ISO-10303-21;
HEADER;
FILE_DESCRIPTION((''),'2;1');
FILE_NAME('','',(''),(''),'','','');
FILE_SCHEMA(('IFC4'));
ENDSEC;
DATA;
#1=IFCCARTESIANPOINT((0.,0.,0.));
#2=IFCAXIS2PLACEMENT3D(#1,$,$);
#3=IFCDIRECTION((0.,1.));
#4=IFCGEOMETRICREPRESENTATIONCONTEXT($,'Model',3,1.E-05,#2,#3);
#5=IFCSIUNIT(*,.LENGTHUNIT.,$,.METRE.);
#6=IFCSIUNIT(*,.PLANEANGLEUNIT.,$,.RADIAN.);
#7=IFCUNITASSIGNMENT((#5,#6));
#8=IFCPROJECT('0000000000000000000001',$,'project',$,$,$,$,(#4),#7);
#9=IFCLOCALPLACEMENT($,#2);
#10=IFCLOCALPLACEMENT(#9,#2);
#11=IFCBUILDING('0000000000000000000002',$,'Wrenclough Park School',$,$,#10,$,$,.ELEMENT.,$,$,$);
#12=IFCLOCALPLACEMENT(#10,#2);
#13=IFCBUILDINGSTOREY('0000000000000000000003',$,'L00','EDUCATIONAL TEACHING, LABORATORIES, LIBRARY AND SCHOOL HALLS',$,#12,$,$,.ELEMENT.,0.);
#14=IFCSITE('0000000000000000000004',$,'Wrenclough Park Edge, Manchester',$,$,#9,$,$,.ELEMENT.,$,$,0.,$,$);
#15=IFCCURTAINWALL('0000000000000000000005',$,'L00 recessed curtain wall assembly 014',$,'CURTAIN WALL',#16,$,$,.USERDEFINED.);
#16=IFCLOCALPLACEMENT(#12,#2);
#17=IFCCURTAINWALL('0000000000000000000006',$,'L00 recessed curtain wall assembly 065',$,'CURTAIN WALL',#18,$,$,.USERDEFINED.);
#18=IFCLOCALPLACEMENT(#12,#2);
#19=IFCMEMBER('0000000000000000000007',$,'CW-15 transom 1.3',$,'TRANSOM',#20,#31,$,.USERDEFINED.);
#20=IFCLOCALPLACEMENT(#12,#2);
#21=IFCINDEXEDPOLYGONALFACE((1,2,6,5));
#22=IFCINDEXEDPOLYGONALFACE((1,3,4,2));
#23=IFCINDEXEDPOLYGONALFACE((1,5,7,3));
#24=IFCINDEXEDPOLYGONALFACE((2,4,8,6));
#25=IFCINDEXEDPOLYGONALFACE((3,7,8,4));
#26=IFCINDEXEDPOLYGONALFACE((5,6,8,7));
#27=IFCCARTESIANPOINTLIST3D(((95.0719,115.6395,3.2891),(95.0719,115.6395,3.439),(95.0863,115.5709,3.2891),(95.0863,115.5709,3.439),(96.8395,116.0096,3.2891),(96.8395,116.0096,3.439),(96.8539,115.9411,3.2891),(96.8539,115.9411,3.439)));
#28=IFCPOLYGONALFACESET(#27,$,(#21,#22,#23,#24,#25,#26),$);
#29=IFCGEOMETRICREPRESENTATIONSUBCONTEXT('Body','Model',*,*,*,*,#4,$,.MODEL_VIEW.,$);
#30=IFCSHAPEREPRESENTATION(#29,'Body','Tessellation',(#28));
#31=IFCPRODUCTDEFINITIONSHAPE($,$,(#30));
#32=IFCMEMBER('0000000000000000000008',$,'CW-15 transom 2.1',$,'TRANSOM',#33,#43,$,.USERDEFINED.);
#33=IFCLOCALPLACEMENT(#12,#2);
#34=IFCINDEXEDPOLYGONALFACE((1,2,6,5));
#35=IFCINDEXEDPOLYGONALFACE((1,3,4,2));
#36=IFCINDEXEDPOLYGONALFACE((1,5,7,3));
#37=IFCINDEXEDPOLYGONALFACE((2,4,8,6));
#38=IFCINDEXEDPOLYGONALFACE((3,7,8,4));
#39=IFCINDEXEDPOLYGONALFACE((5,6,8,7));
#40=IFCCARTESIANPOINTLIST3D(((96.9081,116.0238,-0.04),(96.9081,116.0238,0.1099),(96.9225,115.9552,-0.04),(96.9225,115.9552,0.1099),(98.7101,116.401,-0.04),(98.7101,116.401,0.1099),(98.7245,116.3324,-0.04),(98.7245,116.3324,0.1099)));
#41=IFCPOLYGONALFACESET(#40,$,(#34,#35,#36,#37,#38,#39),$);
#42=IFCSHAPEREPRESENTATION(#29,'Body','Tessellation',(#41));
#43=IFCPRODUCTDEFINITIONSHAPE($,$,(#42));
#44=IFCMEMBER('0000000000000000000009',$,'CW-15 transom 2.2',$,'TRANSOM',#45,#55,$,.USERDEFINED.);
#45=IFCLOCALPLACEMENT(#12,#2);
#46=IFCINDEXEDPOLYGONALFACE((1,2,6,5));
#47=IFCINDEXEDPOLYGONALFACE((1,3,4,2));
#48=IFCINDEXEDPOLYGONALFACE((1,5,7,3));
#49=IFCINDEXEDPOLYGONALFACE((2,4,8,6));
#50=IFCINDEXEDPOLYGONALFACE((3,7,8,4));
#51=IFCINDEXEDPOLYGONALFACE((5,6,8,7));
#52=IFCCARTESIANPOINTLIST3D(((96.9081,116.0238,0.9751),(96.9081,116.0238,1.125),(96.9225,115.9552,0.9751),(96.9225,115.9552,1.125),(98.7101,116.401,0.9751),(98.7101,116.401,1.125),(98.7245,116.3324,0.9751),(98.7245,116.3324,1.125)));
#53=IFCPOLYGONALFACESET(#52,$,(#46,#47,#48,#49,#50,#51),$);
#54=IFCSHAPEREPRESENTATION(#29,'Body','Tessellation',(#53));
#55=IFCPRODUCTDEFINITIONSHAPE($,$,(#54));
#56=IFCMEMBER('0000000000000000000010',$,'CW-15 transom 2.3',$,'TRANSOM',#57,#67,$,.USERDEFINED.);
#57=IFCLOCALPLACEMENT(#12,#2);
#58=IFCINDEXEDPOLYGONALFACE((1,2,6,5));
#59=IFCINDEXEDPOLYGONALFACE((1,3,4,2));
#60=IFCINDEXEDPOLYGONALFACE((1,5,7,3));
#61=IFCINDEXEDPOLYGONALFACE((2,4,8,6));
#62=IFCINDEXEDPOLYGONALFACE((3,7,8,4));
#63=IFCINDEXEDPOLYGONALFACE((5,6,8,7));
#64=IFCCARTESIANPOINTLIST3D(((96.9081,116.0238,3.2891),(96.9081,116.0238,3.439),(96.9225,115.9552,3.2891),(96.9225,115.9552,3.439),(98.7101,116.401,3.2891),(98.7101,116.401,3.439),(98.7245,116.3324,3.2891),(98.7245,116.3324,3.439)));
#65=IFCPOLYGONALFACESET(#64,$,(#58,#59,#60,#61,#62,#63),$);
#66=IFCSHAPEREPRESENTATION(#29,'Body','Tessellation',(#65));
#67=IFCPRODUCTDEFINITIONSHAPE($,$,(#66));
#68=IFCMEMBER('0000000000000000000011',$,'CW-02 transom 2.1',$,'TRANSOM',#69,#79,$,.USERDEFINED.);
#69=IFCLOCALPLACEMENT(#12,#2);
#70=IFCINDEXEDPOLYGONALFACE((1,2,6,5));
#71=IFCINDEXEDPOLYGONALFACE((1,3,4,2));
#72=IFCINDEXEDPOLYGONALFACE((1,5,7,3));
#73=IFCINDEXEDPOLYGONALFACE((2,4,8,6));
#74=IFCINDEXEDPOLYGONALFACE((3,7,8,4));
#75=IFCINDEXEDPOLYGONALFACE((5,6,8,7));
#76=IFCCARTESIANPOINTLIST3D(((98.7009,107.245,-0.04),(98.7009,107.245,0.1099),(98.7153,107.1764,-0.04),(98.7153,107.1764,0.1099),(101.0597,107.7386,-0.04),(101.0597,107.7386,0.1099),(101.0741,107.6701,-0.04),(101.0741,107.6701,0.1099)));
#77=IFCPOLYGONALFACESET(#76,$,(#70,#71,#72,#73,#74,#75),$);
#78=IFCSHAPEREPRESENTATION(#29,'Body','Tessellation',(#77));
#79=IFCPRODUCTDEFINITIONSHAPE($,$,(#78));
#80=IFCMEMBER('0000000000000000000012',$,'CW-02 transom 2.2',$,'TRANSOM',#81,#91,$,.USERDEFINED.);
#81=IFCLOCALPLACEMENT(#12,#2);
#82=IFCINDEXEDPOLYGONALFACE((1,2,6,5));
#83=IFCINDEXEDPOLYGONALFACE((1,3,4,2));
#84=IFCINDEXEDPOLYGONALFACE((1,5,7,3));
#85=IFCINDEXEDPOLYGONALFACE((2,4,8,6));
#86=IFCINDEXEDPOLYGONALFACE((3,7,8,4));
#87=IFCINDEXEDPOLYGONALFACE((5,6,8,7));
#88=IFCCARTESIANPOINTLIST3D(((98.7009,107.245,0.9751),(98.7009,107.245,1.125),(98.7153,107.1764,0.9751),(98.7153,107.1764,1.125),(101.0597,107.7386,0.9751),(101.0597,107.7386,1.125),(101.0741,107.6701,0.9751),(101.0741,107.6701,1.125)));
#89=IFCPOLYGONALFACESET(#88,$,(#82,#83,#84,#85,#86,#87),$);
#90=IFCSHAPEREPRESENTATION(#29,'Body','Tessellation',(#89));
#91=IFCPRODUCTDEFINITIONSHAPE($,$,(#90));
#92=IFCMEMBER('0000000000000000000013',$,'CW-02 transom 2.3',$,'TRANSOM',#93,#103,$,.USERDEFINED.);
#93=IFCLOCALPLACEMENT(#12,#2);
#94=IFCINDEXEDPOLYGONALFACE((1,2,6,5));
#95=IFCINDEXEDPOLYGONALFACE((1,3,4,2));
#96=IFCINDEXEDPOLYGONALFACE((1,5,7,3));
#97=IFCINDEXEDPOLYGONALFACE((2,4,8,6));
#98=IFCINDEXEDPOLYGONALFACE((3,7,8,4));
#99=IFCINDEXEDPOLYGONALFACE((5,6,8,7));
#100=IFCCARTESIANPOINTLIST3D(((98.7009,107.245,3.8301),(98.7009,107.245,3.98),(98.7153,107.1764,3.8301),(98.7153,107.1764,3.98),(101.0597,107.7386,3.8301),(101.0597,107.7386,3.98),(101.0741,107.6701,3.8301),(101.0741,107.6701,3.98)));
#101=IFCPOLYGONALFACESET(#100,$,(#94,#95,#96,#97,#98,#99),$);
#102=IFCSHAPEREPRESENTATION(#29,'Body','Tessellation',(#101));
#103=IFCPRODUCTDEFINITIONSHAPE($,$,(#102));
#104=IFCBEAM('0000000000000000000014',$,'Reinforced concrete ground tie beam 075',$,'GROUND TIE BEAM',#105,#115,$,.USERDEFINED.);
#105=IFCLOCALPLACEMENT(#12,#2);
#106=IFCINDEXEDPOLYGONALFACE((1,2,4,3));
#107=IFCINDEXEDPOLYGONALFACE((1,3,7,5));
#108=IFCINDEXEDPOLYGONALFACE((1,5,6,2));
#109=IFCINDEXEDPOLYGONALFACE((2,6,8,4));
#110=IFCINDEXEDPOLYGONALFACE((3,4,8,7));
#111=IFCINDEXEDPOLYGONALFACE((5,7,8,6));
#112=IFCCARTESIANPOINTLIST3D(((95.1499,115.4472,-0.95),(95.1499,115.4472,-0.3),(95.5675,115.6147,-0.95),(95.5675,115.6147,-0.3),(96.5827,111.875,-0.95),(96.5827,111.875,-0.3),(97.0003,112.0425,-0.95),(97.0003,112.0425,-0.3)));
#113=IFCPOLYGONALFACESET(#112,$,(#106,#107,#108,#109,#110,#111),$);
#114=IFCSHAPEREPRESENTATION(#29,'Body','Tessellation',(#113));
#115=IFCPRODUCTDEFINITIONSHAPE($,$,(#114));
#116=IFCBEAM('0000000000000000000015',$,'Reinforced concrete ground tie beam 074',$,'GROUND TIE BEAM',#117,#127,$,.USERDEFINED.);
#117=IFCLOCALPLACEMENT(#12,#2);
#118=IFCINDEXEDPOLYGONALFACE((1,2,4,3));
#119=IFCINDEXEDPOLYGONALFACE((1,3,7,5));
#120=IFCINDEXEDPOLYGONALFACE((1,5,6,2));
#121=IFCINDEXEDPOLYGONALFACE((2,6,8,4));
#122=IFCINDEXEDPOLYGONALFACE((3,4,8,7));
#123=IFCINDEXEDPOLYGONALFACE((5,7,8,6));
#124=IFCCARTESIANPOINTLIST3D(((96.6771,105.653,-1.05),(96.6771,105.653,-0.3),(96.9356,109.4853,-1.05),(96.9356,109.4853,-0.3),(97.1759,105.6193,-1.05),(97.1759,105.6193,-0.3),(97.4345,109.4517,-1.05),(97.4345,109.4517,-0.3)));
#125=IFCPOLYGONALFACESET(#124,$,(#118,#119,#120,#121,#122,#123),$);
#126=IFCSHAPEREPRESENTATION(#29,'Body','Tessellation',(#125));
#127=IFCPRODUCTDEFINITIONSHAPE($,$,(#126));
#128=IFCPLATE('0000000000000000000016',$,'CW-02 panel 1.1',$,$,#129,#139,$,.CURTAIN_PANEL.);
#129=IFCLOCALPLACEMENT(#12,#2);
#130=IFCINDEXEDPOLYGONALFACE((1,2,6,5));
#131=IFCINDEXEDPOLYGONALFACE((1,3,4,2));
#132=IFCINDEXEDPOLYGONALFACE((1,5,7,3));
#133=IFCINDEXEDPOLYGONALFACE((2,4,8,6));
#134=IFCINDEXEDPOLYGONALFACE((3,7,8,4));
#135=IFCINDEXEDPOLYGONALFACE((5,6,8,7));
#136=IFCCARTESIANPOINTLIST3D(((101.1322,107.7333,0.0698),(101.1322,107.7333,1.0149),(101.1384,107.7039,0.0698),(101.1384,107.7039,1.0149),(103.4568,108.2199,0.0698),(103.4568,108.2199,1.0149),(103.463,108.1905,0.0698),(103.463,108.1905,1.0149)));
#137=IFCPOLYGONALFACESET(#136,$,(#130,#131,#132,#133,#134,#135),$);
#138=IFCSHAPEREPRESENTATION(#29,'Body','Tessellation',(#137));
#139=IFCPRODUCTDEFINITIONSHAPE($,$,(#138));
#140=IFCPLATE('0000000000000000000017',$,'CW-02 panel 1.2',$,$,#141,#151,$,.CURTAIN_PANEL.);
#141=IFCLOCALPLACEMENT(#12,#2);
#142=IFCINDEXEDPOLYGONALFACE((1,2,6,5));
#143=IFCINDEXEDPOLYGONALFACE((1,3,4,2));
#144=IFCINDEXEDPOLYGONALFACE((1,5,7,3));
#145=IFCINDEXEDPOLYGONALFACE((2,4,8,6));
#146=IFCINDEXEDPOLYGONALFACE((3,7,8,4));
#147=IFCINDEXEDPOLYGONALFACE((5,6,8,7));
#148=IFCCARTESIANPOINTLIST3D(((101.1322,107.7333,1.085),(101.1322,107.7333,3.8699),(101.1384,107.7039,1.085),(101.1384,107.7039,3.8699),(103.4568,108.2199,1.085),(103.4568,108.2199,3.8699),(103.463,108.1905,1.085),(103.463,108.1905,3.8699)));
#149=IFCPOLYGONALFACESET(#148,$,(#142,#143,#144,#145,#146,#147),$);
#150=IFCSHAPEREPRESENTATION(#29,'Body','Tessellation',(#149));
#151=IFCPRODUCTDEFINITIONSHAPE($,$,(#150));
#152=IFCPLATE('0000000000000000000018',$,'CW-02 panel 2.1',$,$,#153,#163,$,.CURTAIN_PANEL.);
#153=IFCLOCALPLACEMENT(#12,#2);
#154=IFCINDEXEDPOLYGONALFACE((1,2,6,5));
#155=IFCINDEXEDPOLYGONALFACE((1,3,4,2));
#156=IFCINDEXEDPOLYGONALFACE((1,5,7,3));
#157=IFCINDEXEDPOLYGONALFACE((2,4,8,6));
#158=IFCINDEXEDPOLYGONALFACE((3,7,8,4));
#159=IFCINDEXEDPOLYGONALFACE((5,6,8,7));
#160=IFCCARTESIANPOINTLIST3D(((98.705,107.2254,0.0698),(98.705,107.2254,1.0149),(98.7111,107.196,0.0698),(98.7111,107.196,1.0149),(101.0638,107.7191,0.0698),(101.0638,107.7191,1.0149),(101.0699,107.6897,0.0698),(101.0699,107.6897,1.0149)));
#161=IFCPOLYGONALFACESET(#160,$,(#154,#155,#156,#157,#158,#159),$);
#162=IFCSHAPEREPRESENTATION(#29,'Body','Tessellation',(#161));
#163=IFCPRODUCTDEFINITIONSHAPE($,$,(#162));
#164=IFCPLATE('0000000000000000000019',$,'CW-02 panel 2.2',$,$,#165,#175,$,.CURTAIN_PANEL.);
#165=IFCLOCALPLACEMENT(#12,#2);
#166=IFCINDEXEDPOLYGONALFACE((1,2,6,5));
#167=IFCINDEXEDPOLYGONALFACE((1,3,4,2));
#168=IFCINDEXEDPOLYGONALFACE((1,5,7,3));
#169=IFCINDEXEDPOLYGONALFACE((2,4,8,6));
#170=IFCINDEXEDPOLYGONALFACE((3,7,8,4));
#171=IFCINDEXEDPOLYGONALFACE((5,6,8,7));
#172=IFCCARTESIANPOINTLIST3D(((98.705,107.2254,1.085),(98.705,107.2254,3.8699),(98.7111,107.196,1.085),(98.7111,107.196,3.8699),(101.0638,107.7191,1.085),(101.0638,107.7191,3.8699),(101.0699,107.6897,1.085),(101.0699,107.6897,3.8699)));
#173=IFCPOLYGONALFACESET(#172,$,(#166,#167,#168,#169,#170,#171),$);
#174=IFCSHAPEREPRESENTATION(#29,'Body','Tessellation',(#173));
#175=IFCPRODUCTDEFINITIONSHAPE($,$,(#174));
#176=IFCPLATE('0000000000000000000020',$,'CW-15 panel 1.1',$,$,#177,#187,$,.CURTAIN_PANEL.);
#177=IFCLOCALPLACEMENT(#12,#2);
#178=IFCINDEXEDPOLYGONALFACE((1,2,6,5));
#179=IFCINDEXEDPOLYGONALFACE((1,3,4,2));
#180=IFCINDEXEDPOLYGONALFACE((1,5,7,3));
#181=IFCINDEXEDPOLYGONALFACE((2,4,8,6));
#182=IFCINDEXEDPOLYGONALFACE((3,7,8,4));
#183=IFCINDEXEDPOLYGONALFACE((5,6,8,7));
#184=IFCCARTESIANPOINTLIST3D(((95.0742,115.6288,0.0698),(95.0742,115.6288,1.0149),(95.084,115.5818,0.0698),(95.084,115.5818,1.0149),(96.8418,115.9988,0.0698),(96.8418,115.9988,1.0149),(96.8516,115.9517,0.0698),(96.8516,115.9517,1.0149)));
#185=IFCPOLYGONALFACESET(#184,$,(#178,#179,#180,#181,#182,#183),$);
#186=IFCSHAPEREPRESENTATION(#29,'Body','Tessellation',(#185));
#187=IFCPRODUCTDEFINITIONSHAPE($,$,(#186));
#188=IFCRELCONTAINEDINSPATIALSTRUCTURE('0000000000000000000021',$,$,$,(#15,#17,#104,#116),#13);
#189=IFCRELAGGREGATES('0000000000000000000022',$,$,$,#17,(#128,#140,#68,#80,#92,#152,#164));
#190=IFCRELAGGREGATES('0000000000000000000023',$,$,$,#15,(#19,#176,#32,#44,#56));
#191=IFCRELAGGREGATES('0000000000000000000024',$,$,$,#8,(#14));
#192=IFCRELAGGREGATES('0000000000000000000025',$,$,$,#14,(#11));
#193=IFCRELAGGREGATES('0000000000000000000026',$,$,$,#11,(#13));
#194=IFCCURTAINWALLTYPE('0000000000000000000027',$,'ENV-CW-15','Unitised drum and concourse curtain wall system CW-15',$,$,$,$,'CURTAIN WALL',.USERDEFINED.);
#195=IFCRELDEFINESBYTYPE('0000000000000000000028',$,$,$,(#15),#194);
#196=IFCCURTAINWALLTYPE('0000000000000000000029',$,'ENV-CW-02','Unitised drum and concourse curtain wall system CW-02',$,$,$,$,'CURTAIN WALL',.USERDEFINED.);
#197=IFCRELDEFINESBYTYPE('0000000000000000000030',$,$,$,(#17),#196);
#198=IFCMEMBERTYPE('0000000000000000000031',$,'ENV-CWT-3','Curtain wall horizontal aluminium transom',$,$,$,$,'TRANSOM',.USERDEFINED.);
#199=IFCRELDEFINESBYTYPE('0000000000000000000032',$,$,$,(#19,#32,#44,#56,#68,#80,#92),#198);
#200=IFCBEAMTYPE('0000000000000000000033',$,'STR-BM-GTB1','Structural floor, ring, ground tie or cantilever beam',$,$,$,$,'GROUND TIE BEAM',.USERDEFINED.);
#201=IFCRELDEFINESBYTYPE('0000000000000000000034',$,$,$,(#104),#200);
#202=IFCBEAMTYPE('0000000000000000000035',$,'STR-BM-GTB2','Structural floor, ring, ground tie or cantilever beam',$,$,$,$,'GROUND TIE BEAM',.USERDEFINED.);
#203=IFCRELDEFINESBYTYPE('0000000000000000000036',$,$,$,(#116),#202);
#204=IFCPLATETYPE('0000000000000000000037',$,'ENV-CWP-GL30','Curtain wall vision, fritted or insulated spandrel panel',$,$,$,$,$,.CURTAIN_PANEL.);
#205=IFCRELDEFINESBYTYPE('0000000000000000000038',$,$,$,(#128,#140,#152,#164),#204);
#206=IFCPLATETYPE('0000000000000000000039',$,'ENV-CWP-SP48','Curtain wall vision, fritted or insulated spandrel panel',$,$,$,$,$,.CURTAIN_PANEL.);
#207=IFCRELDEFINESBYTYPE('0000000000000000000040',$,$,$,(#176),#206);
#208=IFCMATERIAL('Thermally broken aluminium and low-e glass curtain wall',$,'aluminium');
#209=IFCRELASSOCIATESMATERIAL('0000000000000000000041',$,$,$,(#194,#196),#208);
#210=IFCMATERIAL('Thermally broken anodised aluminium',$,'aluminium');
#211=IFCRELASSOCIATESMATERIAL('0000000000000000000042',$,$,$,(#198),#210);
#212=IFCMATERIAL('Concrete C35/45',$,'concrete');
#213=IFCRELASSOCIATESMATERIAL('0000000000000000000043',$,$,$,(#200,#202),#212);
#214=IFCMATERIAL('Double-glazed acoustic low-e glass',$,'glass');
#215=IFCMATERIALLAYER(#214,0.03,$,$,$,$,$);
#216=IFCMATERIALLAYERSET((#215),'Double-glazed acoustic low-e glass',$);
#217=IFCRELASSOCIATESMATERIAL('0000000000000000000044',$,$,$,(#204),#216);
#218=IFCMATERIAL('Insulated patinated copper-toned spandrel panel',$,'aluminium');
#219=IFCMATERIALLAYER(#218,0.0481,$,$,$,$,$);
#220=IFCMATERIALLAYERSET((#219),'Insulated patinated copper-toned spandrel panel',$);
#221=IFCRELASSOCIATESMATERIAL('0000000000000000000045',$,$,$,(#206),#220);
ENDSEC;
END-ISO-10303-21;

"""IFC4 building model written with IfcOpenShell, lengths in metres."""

from ifc_helpers import new_model, si_unit, direction, frame, origin, origin_2d, place, context, subcontext, project, spatial, rectangle, extrude, material, layer, layer_set, material_profile, profile_set, type_object, element, aggregate, save


model = new_model("IFC4")

# Units and contexts
model_context = context("Model", 3, precision=1e-05, world=origin(), true_north=direction((0.0, 1.0)))
body_context = subcontext(model_context, "Body", "Model", "MODEL_VIEW")
ifc_project = project(units=[si_unit("LENGTHUNIT", "METRE"), si_unit("PLANEANGLEUNIT", "RADIAN")], contexts=[model_context])

# Site, building, storey
site_placement = place(None, origin())
site = spatial("IfcSite", under=ifc_project, at=site_placement, Name="Wrenclough Park Edge, Manchester", CompositionType="ELEMENT", RefElevation=0.0)
building_placement = place(site_placement, origin())
building = spatial("IfcBuilding", under=site, at=building_placement, Name="Wrenclough Park School", CompositionType="ELEMENT")
storey_placement = place(building_placement, origin())
storey = spatial("IfcBuildingStorey", under=building, at=storey_placement, Name="L00", Description="EDUCATIONAL TEACHING, LABORATORIES, LIBRARY AND SCHOOL HALLS", CompositionType="ELEMENT", Elevation=0.0)

# Shared definitions
ifc_material_1 = material(Name="Concrete C35/45", Category="concrete")

# Curtain wall
ifc_material_2 = material(Name="Thermally broken aluminium and low-e glass curtain wall", Category="aluminium")
curtain_wall_type_1 = type_object("IfcCurtainWallType", Name="ENV-CW-15", Description="Unitised drum and concourse curtain wall system CW-15", ElementType="CURTAIN WALL", PredefinedType="USERDEFINED", material=ifc_material_2)
curtain_wall_1_placement = place(storey_placement, origin())
curtain_wall_1 = element("IfcCurtainWall", 1, at=curtain_wall_1_placement, inside=storey, type_object=curtain_wall_type_1, Name="L00 recessed curtain wall assembly 014", ObjectType="CURTAIN WALL", PredefinedType="USERDEFINED")
ifc_material_3 = material(Name="Thermally broken anodised aluminium", Category="aluminium")

# Curtain wall
curtain_wall_type_2 = type_object("IfcCurtainWallType", Name="ENV-CW-02", Description="Unitised drum and concourse curtain wall system CW-02", ElementType="CURTAIN WALL", PredefinedType="USERDEFINED", material=ifc_material_2)
curtain_wall_2_placement = place(storey_placement, origin())
curtain_wall_2 = element("IfcCurtainWall", 2, at=curtain_wall_2_placement, inside=storey, type_object=curtain_wall_type_2, Name="L00 recessed curtain wall assembly 065", ObjectType="CURTAIN WALL", PredefinedType="USERDEFINED")

# Members
ifc_material_profile_1 = material_profile(ifc_material_3, rectangle(XDim=0.0701, YDim=0.1499, at=origin_2d()), Name="AL TRANSOM 70x150")
ifc_profile_set_1 = profile_set([ifc_material_profile_1], Name="Thermally broken anodised aluminium")
member_type_1 = type_object("IfcMemberType", Name="ENV-CWT-3", Description="Curtain wall horizontal aluminium transom", ElementType="TRANSOM", PredefinedType="USERDEFINED", material=ifc_profile_set_1)
member_1_placement = place(storey_placement, frame((95.0791, 115.6052, 3.364), z_axis=(0.978773, 0.204947, 0.0), x_axis=(-0.204947, 0.978773, 0.0)))
member_1 = element("IfcMember", 3, at=member_1_placement, type_object=member_type_1, Name="CW-15 transom 1.3", ObjectType="TRANSOM", PredefinedType="USERDEFINED", context=body_context, shape_type="SweptSolid", body=[
    extrude(rectangle(XDim=0.0701, YDim=0.1499, at=origin_2d()), origin(), (0.0, 0.0, 1.0), 1.8059),
])
member_2_placement = place(storey_placement, frame((96.9153, 115.9895, 0.0349), z_axis=(0.978787, 0.204881, 0.0), x_axis=(-0.204881, 0.978787, 0.0)))
member_2 = element("IfcMember", 4, at=member_2_placement, type_object=member_type_1, Name="CW-15 transom 2.1", ObjectType="TRANSOM", PredefinedType="USERDEFINED", context=body_context, shape_type="SweptSolid", body=[
    extrude(rectangle(XDim=0.0701, YDim=0.1499, at=origin_2d()), origin(), (0.0, 0.0, 1.0), 1.8411),
])
member_3_placement = place(storey_placement, frame((96.9153, 115.9895, 1.05), z_axis=(0.978787, 0.204881, 0.0), x_axis=(-0.204881, 0.978787, 0.0)))
member_3 = element("IfcMember", 5, at=member_3_placement, type_object=member_type_1, Name="CW-15 transom 2.2", ObjectType="TRANSOM", PredefinedType="USERDEFINED", context=body_context, shape_type="SweptSolid", body=[
    extrude(rectangle(XDim=0.0701, YDim=0.1499, at=origin_2d()), origin(), (0.0, 0.0, 1.0), 1.8411),
])
member_4_placement = place(storey_placement, frame((96.9153, 115.9895, 3.364), z_axis=(0.978787, 0.204881, 0.0), x_axis=(-0.204881, 0.978787, 0.0)))
member_4 = element("IfcMember", 6, at=member_4_placement, type_object=member_type_1, Name="CW-15 transom 2.3", ObjectType="TRANSOM", PredefinedType="USERDEFINED", context=body_context, shape_type="SweptSolid", body=[
    extrude(rectangle(XDim=0.0701, YDim=0.1499, at=origin_2d()), origin(), (0.0, 0.0, 1.0), 1.8411),
])
member_5_placement = place(storey_placement, frame((101.0669, 107.7043, 0.0349), z_axis=(-0.978796, -0.204836, 0.0), x_axis=(0.204836, -0.978796, 0.0)))
member_5 = element("IfcMember", 7, at=member_5_placement, type_object=member_type_1, Name="CW-02 transom 2.1", ObjectType="TRANSOM", PredefinedType="USERDEFINED", context=body_context, shape_type="SweptSolid", body=[
    extrude(rectangle(XDim=0.0701, YDim=0.1499, at=origin_2d()), origin(), (0.0, 0.0, 1.0), 2.4099),
])
member_6_placement = place(storey_placement, frame((101.0669, 107.7043, 1.05), z_axis=(-0.978796, -0.204836, 0.0), x_axis=(0.204836, -0.978796, 0.0)))
member_6 = element("IfcMember", 8, at=member_6_placement, type_object=member_type_1, Name="CW-02 transom 2.2", ObjectType="TRANSOM", PredefinedType="USERDEFINED", context=body_context, shape_type="SweptSolid", body=[
    extrude(rectangle(XDim=0.0701, YDim=0.1499, at=origin_2d()), origin(), (0.0, 0.0, 1.0), 2.4099),
])
member_7_placement = place(storey_placement, frame((101.0669, 107.7043, 3.905), z_axis=(-0.978796, -0.204836, 0.0), x_axis=(0.204836, -0.978796, 0.0)))
member_7 = element("IfcMember", 9, at=member_7_placement, type_object=member_type_1, Name="CW-02 transom 2.3", ObjectType="TRANSOM", PredefinedType="USERDEFINED", context=body_context, shape_type="SweptSolid", body=[
    extrude(rectangle(XDim=0.0701, YDim=0.1499, at=origin_2d()), origin(), (0.0, 0.0, 1.0), 2.4099),
])

# Beams
ifc_material_profile_2 = material_profile(ifc_material_1, rectangle(XDim=0.45, YDim=0.6499, at=origin_2d()), Name="RC GROUND 450x650")
ifc_profile_set_2 = profile_set([ifc_material_profile_2], Name="Concrete C35/45")
beam_type_1 = type_object("IfcBeamType", Name="STR-BM-GTB1", Description="Structural floor, ring, ground tie or cantilever beam", ElementType="GROUND TIE BEAM", PredefinedType="USERDEFINED", material=ifc_profile_set_2)
beam_1_placement = place(storey_placement, frame((96.7915, 111.9587, -0.625), z_axis=(-0.372276, 0.928122, 0.0), x_axis=(-0.928122, -0.372276, 0.0)))
element("IfcBeam", 10, at=beam_1_placement, inside=storey, type_object=beam_type_1, Name="Reinforced concrete ground tie beam 075", ObjectType="GROUND TIE BEAM", PredefinedType="USERDEFINED", context=body_context, shape_type="SweptSolid", body=[
    extrude(rectangle(XDim=0.45, YDim=0.6499, at=origin_2d()), origin(), (0.0, 0.0, 1.0), 3.8489),
])
ifc_material_profile_3 = material_profile(ifc_material_1, rectangle(XDim=0.5, YDim=0.75, at=origin_2d()), Name="RC GROUND 500x750")
ifc_profile_set_3 = profile_set([ifc_material_profile_3], Name="Concrete C35/45")
beam_type_2 = type_object("IfcBeamType", Name="STR-BM-GTB2", Description="Structural floor, ring, ground tie or cantilever beam", ElementType="GROUND TIE BEAM", PredefinedType="USERDEFINED", material=ifc_profile_set_3)
beam_2_placement = place(storey_placement, frame((97.1851, 109.4685, -0.675), z_axis=(-0.067312, -0.997732, 0.0), x_axis=(0.997732, -0.067312, 0.0)))
element("IfcBeam", 11, at=beam_2_placement, inside=storey, type_object=beam_type_2, Name="Reinforced concrete ground tie beam 074", ObjectType="GROUND TIE BEAM", PredefinedType="USERDEFINED", context=body_context, shape_type="SweptSolid", body=[
    extrude(rectangle(XDim=0.5, YDim=0.75, at=origin_2d()), origin(), (0.0, 0.0, 1.0), 3.8411),
])

# Plates
ifc_material_4 = material(Name="Double-glazed acoustic low-e glass", Category="glass")
ifc_layer_1 = layer(ifc_material_4, 0.03)
ifc_layer_set_1 = layer_set([ifc_layer_1], Name="Double-glazed acoustic low-e glass")
plate_type_1 = type_object("IfcPlateType", Name="ENV-CWP-GL30", Description="Curtain wall vision, fritted or insulated spandrel panel", PredefinedType="CURTAIN_PANEL", material=ifc_layer_set_1)
plate_1_placement = place(storey_placement, frame((102.2976, 107.9619, 0.0698), z_axis=(0.0, 0.0, 1.0), x_axis=(-0.978788, -0.204874, 0.0)))
plate_1 = element("IfcPlate", 12, at=plate_1_placement, type_object=plate_type_1, Name="CW-02 panel 1.1", PredefinedType="CURTAIN_PANEL", context=body_context, shape_type="SweptSolid", body=[
    extrude(rectangle(XDim=2.375, YDim=0.03, at=origin_2d()), origin(), (0.0, 0.0, 1.0), 0.9451),
])
plate_2_placement = place(storey_placement, frame((102.2976, 107.9619, 1.085), z_axis=(0.0, 0.0, 1.0), x_axis=(-0.978788, -0.204874, 0.0)))
plate_2 = element("IfcPlate", 13, at=plate_2_placement, type_object=plate_type_1, Name="CW-02 panel 1.2", PredefinedType="CURTAIN_PANEL", context=body_context, shape_type="SweptSolid", body=[
    extrude(rectangle(XDim=2.375, YDim=0.03, at=origin_2d()), origin(), (0.0, 0.0, 1.0), 2.7849),
])
plate_3_placement = place(storey_placement, frame((99.8875, 107.4575, 0.0698), z_axis=(0.0, 0.0, 1.0), x_axis=(-0.978788, -0.204874, 0.0)))
plate_3 = element("IfcPlate", 14, at=plate_3_placement, type_object=plate_type_1, Name="CW-02 panel 2.1", PredefinedType="CURTAIN_PANEL", context=body_context, shape_type="SweptSolid", body=[
    extrude(rectangle(XDim=2.4099, YDim=0.03, at=origin_2d()), origin(), (0.0, 0.0, 1.0), 0.9451),
])
plate_4_placement = place(storey_placement, frame((99.8875, 107.4575, 1.085), z_axis=(0.0, 0.0, 1.0), x_axis=(-0.978788, -0.204874, 0.0)))
plate_4 = element("IfcPlate", 15, at=plate_4_placement, type_object=plate_type_1, Name="CW-02 panel 2.2", PredefinedType="CURTAIN_PANEL", context=body_context, shape_type="SweptSolid", body=[
    extrude(rectangle(XDim=2.4099, YDim=0.03, at=origin_2d()), origin(), (0.0, 0.0, 1.0), 2.7849),
])
aggregate(curtain_wall_2, [plate_1, plate_2, member_5, member_6, member_7, plate_3, plate_4])
ifc_material_5 = material(Name="Insulated patinated copper-toned spandrel panel", Category="aluminium")
ifc_layer_2 = layer(ifc_material_5, 0.0481)
ifc_layer_set_2 = layer_set([ifc_layer_2], Name="Insulated patinated copper-toned spandrel panel")
plate_type_2 = type_object("IfcPlateType", Name="ENV-CWP-SP48", Description="Curtain wall vision, fritted or insulated spandrel panel", PredefinedType="CURTAIN_PANEL", material=ifc_layer_set_2)
plate_5_placement = place(storey_placement, frame((95.9629, 115.7903, 0.0698), z_axis=(0.0, 0.0, 1.0), x_axis=(0.978789, 0.204871, 0.0)))
plate_5 = element("IfcPlate", 16, at=plate_5_placement, type_object=plate_type_2, Name="CW-15 panel 1.1", PredefinedType="CURTAIN_PANEL", context=body_context, shape_type="SweptSolid", body=[
    extrude(rectangle(XDim=1.8059, YDim=0.0481, at=origin_2d()), origin(), (0.0, 0.0, 1.0), 0.9451),
])
aggregate(curtain_wall_1, [member_1, plate_5, member_2, member_3, member_4])

save(model, "model.ifc")
